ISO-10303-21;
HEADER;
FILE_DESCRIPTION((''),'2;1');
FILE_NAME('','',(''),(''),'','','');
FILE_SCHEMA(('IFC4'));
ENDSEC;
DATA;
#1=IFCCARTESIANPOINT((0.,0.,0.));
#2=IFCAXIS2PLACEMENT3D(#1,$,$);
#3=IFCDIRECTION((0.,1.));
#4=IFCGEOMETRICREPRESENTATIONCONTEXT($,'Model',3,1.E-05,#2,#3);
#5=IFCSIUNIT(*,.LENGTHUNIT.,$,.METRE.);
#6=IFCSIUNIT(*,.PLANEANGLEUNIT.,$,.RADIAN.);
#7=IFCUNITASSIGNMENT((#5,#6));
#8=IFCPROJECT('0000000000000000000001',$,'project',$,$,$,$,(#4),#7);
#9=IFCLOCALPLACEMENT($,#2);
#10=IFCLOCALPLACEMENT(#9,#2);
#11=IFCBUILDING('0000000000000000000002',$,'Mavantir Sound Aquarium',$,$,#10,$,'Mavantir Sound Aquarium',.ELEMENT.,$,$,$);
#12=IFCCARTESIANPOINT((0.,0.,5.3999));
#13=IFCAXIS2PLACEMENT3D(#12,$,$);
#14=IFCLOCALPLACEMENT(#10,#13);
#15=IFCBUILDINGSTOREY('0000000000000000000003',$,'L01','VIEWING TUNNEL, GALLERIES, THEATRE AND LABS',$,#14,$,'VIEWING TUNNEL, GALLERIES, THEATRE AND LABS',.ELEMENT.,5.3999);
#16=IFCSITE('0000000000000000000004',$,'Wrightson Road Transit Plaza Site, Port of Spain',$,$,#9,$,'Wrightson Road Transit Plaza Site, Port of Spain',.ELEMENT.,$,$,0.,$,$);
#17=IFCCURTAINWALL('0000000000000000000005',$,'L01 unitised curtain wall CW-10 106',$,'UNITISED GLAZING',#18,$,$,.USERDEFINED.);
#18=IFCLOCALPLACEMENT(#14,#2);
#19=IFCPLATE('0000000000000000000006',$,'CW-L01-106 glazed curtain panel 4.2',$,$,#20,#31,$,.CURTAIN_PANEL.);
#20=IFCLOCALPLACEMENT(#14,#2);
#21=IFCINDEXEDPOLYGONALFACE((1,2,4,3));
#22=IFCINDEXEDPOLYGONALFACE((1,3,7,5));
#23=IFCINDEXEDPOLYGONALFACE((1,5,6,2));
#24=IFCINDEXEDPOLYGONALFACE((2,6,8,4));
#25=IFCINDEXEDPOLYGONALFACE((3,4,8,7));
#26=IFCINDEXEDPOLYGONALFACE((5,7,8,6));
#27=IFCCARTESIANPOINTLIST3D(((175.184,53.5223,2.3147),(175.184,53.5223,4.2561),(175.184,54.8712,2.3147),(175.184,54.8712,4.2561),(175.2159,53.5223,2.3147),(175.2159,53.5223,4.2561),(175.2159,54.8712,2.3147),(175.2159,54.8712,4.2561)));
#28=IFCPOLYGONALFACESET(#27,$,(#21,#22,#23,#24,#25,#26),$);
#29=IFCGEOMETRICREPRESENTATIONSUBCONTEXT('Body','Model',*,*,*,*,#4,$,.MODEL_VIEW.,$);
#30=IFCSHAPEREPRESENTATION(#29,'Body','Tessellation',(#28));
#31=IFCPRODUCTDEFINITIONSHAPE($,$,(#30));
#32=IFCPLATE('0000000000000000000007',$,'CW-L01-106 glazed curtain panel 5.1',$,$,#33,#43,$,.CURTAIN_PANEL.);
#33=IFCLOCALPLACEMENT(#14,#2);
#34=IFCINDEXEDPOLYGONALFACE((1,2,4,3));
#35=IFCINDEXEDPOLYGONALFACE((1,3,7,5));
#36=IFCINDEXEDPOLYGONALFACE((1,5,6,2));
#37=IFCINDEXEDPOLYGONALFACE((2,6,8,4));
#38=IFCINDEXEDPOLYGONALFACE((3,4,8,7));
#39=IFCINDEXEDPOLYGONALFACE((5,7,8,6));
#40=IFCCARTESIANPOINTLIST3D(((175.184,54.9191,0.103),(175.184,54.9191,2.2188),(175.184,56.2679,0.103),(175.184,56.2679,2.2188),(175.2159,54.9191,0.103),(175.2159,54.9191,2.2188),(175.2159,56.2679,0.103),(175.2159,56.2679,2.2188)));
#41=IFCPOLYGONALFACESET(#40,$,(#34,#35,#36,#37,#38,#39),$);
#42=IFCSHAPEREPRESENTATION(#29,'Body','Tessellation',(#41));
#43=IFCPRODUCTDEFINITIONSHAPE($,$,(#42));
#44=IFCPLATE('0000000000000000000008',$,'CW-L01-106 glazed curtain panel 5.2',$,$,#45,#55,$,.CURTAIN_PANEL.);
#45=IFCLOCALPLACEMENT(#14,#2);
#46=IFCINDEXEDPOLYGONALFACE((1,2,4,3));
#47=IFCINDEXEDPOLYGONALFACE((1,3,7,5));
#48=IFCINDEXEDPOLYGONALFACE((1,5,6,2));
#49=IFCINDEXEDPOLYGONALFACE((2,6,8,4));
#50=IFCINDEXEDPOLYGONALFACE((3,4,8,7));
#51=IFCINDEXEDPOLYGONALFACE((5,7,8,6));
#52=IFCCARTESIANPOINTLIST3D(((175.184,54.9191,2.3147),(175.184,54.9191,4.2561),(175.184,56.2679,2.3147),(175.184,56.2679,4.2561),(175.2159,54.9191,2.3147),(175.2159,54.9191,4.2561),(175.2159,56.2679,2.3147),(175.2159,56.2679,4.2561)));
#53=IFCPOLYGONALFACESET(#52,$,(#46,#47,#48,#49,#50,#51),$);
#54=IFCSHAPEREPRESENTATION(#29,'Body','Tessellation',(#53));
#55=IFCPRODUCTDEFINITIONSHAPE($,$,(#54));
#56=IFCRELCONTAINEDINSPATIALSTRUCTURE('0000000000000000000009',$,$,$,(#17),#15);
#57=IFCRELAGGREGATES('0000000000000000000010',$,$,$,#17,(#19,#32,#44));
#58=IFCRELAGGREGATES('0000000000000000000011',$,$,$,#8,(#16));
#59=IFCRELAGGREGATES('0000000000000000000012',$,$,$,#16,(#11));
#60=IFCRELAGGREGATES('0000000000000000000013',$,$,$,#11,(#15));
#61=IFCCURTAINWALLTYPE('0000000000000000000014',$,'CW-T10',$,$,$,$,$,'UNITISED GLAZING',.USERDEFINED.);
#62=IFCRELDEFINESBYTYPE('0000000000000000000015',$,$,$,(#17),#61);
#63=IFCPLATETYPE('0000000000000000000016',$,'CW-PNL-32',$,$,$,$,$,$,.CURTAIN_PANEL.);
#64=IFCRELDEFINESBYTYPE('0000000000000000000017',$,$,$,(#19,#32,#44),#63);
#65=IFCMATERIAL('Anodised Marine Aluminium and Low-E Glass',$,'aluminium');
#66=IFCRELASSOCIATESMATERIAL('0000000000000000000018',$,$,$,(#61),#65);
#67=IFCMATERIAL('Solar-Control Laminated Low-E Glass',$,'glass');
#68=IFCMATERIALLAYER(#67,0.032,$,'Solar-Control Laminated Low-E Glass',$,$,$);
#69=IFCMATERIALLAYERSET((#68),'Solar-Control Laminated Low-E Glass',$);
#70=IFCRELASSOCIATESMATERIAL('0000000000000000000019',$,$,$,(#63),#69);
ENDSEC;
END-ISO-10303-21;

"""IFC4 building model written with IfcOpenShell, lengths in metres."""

from ifc_helpers import new_model, si_unit, direction, frame, origin, origin_2d, place, context, subcontext, project, spatial, rectangle, extrude, material, layer, layer_set, type_object, element, aggregate, save


model = new_model("IFC4")

# Units and contexts
model_context = context("Model", 3, precision=1e-05, world=origin(), true_north=direction((0.0, 1.0)))
body_context = subcontext(model_context, "Body", "Model", "MODEL_VIEW")
ifc_project = project(units=[si_unit("LENGTHUNIT", "METRE"), si_unit("PLANEANGLEUNIT", "RADIAN")], contexts=[model_context])

# Site, building, storey
site_placement = place(None, origin())
site = spatial("IfcSite", under=ifc_project, at=site_placement, Name="Wrightson Road Transit Plaza Site, Port of Spain", LongName="Wrightson Road Transit Plaza Site, Port of Spain", CompositionType="ELEMENT", RefElevation=0.0)
building_placement = place(site_placement, origin())
building = spatial("IfcBuilding", under=site, at=building_placement, Name="Mavantir Sound Aquarium", LongName="Mavantir Sound Aquarium", CompositionType="ELEMENT")
storey_placement = place(building_placement, frame((0.0, 0.0, 5.3999)))
storey = spatial("IfcBuildingStorey", under=building, at=storey_placement, Name="L01", Description="VIEWING TUNNEL, GALLERIES, THEATRE AND LABS", LongName="VIEWING TUNNEL, GALLERIES, THEATRE AND LABS", CompositionType="ELEMENT", Elevation=5.3999)

# Curtain wall, plates
ifc_material_1 = material(Name="Anodised Marine Aluminium and Low-E Glass", Category="aluminium")
curtain_wall_type = type_object("IfcCurtainWallType", Name="CW-T10", ElementType="UNITISED GLAZING", PredefinedType="USERDEFINED", material=ifc_material_1)
curtain_wall_placement = place(storey_placement, origin())
curtain_wall = element("IfcCurtainWall", 1, at=curtain_wall_placement, inside=storey, type_object=curtain_wall_type, Name="L01 unitised curtain wall CW-10 106", ObjectType="UNITISED GLAZING", PredefinedType="USERDEFINED")
ifc_material_2 = material(Name="Solar-Control Laminated Low-E Glass", Category="glass")
ifc_layer = layer(ifc_material_2, 0.032, Name="Solar-Control Laminated Low-E Glass")
ifc_layer_set = layer_set([ifc_layer], Name="Solar-Control Laminated Low-E Glass")
plate_type = type_object("IfcPlateType", Name="CW-PNL-32", PredefinedType="CURTAIN_PANEL", material=ifc_layer_set)
plate_1_placement = place(storey_placement, frame((175.2, 54.1968, 2.3147), z_axis=(0.0, 0.0, 1.0), x_axis=(0.0, 1.0, 0.0)))
plate_1 = element("IfcPlate", 2, at=plate_1_placement, type_object=plate_type, Name="CW-L01-106 glazed curtain panel 4.2", PredefinedType="CURTAIN_PANEL", context=body_context, shape_type="SweptSolid", body=[
    extrude(rectangle(XDim=1.3489, YDim=0.032, at=origin_2d()), origin(), (0.0, 0.0, 1.0), 1.9414),
])
plate_2_placement = place(storey_placement, frame((175.2, 55.5935, 0.103), z_axis=(0.0, 0.0, 1.0), x_axis=(0.0, 1.0, 0.0)))
plate_2 = element("IfcPlate", 3, at=plate_2_placement, type_object=plate_type, Name="CW-L01-106 glazed curtain panel 5.1", PredefinedType="CURTAIN_PANEL", context=body_context, shape_type="SweptSolid", body=[
    extrude(rectangle(XDim=1.3489, YDim=0.032, at=origin_2d()), origin(), (0.0, 0.0, 1.0), 2.1157),
])
plate_3_placement = place(storey_placement, frame((175.2, 55.5935, 2.3147), z_axis=(0.0, 0.0, 1.0), x_axis=(0.0, 1.0, 0.0)))
plate_3 = element("IfcPlate", 4, at=plate_3_placement, type_object=plate_type, Name="CW-L01-106 glazed curtain panel 5.2", PredefinedType="CURTAIN_PANEL", context=body_context, shape_type="SweptSolid", body=[
    extrude(rectangle(XDim=1.3489, YDim=0.032, at=origin_2d()), origin(), (0.0, 0.0, 1.0), 1.9414),
])
aggregate(curtain_wall, [plate_1, plate_2, plate_3])

save(model, "model.ifc")
